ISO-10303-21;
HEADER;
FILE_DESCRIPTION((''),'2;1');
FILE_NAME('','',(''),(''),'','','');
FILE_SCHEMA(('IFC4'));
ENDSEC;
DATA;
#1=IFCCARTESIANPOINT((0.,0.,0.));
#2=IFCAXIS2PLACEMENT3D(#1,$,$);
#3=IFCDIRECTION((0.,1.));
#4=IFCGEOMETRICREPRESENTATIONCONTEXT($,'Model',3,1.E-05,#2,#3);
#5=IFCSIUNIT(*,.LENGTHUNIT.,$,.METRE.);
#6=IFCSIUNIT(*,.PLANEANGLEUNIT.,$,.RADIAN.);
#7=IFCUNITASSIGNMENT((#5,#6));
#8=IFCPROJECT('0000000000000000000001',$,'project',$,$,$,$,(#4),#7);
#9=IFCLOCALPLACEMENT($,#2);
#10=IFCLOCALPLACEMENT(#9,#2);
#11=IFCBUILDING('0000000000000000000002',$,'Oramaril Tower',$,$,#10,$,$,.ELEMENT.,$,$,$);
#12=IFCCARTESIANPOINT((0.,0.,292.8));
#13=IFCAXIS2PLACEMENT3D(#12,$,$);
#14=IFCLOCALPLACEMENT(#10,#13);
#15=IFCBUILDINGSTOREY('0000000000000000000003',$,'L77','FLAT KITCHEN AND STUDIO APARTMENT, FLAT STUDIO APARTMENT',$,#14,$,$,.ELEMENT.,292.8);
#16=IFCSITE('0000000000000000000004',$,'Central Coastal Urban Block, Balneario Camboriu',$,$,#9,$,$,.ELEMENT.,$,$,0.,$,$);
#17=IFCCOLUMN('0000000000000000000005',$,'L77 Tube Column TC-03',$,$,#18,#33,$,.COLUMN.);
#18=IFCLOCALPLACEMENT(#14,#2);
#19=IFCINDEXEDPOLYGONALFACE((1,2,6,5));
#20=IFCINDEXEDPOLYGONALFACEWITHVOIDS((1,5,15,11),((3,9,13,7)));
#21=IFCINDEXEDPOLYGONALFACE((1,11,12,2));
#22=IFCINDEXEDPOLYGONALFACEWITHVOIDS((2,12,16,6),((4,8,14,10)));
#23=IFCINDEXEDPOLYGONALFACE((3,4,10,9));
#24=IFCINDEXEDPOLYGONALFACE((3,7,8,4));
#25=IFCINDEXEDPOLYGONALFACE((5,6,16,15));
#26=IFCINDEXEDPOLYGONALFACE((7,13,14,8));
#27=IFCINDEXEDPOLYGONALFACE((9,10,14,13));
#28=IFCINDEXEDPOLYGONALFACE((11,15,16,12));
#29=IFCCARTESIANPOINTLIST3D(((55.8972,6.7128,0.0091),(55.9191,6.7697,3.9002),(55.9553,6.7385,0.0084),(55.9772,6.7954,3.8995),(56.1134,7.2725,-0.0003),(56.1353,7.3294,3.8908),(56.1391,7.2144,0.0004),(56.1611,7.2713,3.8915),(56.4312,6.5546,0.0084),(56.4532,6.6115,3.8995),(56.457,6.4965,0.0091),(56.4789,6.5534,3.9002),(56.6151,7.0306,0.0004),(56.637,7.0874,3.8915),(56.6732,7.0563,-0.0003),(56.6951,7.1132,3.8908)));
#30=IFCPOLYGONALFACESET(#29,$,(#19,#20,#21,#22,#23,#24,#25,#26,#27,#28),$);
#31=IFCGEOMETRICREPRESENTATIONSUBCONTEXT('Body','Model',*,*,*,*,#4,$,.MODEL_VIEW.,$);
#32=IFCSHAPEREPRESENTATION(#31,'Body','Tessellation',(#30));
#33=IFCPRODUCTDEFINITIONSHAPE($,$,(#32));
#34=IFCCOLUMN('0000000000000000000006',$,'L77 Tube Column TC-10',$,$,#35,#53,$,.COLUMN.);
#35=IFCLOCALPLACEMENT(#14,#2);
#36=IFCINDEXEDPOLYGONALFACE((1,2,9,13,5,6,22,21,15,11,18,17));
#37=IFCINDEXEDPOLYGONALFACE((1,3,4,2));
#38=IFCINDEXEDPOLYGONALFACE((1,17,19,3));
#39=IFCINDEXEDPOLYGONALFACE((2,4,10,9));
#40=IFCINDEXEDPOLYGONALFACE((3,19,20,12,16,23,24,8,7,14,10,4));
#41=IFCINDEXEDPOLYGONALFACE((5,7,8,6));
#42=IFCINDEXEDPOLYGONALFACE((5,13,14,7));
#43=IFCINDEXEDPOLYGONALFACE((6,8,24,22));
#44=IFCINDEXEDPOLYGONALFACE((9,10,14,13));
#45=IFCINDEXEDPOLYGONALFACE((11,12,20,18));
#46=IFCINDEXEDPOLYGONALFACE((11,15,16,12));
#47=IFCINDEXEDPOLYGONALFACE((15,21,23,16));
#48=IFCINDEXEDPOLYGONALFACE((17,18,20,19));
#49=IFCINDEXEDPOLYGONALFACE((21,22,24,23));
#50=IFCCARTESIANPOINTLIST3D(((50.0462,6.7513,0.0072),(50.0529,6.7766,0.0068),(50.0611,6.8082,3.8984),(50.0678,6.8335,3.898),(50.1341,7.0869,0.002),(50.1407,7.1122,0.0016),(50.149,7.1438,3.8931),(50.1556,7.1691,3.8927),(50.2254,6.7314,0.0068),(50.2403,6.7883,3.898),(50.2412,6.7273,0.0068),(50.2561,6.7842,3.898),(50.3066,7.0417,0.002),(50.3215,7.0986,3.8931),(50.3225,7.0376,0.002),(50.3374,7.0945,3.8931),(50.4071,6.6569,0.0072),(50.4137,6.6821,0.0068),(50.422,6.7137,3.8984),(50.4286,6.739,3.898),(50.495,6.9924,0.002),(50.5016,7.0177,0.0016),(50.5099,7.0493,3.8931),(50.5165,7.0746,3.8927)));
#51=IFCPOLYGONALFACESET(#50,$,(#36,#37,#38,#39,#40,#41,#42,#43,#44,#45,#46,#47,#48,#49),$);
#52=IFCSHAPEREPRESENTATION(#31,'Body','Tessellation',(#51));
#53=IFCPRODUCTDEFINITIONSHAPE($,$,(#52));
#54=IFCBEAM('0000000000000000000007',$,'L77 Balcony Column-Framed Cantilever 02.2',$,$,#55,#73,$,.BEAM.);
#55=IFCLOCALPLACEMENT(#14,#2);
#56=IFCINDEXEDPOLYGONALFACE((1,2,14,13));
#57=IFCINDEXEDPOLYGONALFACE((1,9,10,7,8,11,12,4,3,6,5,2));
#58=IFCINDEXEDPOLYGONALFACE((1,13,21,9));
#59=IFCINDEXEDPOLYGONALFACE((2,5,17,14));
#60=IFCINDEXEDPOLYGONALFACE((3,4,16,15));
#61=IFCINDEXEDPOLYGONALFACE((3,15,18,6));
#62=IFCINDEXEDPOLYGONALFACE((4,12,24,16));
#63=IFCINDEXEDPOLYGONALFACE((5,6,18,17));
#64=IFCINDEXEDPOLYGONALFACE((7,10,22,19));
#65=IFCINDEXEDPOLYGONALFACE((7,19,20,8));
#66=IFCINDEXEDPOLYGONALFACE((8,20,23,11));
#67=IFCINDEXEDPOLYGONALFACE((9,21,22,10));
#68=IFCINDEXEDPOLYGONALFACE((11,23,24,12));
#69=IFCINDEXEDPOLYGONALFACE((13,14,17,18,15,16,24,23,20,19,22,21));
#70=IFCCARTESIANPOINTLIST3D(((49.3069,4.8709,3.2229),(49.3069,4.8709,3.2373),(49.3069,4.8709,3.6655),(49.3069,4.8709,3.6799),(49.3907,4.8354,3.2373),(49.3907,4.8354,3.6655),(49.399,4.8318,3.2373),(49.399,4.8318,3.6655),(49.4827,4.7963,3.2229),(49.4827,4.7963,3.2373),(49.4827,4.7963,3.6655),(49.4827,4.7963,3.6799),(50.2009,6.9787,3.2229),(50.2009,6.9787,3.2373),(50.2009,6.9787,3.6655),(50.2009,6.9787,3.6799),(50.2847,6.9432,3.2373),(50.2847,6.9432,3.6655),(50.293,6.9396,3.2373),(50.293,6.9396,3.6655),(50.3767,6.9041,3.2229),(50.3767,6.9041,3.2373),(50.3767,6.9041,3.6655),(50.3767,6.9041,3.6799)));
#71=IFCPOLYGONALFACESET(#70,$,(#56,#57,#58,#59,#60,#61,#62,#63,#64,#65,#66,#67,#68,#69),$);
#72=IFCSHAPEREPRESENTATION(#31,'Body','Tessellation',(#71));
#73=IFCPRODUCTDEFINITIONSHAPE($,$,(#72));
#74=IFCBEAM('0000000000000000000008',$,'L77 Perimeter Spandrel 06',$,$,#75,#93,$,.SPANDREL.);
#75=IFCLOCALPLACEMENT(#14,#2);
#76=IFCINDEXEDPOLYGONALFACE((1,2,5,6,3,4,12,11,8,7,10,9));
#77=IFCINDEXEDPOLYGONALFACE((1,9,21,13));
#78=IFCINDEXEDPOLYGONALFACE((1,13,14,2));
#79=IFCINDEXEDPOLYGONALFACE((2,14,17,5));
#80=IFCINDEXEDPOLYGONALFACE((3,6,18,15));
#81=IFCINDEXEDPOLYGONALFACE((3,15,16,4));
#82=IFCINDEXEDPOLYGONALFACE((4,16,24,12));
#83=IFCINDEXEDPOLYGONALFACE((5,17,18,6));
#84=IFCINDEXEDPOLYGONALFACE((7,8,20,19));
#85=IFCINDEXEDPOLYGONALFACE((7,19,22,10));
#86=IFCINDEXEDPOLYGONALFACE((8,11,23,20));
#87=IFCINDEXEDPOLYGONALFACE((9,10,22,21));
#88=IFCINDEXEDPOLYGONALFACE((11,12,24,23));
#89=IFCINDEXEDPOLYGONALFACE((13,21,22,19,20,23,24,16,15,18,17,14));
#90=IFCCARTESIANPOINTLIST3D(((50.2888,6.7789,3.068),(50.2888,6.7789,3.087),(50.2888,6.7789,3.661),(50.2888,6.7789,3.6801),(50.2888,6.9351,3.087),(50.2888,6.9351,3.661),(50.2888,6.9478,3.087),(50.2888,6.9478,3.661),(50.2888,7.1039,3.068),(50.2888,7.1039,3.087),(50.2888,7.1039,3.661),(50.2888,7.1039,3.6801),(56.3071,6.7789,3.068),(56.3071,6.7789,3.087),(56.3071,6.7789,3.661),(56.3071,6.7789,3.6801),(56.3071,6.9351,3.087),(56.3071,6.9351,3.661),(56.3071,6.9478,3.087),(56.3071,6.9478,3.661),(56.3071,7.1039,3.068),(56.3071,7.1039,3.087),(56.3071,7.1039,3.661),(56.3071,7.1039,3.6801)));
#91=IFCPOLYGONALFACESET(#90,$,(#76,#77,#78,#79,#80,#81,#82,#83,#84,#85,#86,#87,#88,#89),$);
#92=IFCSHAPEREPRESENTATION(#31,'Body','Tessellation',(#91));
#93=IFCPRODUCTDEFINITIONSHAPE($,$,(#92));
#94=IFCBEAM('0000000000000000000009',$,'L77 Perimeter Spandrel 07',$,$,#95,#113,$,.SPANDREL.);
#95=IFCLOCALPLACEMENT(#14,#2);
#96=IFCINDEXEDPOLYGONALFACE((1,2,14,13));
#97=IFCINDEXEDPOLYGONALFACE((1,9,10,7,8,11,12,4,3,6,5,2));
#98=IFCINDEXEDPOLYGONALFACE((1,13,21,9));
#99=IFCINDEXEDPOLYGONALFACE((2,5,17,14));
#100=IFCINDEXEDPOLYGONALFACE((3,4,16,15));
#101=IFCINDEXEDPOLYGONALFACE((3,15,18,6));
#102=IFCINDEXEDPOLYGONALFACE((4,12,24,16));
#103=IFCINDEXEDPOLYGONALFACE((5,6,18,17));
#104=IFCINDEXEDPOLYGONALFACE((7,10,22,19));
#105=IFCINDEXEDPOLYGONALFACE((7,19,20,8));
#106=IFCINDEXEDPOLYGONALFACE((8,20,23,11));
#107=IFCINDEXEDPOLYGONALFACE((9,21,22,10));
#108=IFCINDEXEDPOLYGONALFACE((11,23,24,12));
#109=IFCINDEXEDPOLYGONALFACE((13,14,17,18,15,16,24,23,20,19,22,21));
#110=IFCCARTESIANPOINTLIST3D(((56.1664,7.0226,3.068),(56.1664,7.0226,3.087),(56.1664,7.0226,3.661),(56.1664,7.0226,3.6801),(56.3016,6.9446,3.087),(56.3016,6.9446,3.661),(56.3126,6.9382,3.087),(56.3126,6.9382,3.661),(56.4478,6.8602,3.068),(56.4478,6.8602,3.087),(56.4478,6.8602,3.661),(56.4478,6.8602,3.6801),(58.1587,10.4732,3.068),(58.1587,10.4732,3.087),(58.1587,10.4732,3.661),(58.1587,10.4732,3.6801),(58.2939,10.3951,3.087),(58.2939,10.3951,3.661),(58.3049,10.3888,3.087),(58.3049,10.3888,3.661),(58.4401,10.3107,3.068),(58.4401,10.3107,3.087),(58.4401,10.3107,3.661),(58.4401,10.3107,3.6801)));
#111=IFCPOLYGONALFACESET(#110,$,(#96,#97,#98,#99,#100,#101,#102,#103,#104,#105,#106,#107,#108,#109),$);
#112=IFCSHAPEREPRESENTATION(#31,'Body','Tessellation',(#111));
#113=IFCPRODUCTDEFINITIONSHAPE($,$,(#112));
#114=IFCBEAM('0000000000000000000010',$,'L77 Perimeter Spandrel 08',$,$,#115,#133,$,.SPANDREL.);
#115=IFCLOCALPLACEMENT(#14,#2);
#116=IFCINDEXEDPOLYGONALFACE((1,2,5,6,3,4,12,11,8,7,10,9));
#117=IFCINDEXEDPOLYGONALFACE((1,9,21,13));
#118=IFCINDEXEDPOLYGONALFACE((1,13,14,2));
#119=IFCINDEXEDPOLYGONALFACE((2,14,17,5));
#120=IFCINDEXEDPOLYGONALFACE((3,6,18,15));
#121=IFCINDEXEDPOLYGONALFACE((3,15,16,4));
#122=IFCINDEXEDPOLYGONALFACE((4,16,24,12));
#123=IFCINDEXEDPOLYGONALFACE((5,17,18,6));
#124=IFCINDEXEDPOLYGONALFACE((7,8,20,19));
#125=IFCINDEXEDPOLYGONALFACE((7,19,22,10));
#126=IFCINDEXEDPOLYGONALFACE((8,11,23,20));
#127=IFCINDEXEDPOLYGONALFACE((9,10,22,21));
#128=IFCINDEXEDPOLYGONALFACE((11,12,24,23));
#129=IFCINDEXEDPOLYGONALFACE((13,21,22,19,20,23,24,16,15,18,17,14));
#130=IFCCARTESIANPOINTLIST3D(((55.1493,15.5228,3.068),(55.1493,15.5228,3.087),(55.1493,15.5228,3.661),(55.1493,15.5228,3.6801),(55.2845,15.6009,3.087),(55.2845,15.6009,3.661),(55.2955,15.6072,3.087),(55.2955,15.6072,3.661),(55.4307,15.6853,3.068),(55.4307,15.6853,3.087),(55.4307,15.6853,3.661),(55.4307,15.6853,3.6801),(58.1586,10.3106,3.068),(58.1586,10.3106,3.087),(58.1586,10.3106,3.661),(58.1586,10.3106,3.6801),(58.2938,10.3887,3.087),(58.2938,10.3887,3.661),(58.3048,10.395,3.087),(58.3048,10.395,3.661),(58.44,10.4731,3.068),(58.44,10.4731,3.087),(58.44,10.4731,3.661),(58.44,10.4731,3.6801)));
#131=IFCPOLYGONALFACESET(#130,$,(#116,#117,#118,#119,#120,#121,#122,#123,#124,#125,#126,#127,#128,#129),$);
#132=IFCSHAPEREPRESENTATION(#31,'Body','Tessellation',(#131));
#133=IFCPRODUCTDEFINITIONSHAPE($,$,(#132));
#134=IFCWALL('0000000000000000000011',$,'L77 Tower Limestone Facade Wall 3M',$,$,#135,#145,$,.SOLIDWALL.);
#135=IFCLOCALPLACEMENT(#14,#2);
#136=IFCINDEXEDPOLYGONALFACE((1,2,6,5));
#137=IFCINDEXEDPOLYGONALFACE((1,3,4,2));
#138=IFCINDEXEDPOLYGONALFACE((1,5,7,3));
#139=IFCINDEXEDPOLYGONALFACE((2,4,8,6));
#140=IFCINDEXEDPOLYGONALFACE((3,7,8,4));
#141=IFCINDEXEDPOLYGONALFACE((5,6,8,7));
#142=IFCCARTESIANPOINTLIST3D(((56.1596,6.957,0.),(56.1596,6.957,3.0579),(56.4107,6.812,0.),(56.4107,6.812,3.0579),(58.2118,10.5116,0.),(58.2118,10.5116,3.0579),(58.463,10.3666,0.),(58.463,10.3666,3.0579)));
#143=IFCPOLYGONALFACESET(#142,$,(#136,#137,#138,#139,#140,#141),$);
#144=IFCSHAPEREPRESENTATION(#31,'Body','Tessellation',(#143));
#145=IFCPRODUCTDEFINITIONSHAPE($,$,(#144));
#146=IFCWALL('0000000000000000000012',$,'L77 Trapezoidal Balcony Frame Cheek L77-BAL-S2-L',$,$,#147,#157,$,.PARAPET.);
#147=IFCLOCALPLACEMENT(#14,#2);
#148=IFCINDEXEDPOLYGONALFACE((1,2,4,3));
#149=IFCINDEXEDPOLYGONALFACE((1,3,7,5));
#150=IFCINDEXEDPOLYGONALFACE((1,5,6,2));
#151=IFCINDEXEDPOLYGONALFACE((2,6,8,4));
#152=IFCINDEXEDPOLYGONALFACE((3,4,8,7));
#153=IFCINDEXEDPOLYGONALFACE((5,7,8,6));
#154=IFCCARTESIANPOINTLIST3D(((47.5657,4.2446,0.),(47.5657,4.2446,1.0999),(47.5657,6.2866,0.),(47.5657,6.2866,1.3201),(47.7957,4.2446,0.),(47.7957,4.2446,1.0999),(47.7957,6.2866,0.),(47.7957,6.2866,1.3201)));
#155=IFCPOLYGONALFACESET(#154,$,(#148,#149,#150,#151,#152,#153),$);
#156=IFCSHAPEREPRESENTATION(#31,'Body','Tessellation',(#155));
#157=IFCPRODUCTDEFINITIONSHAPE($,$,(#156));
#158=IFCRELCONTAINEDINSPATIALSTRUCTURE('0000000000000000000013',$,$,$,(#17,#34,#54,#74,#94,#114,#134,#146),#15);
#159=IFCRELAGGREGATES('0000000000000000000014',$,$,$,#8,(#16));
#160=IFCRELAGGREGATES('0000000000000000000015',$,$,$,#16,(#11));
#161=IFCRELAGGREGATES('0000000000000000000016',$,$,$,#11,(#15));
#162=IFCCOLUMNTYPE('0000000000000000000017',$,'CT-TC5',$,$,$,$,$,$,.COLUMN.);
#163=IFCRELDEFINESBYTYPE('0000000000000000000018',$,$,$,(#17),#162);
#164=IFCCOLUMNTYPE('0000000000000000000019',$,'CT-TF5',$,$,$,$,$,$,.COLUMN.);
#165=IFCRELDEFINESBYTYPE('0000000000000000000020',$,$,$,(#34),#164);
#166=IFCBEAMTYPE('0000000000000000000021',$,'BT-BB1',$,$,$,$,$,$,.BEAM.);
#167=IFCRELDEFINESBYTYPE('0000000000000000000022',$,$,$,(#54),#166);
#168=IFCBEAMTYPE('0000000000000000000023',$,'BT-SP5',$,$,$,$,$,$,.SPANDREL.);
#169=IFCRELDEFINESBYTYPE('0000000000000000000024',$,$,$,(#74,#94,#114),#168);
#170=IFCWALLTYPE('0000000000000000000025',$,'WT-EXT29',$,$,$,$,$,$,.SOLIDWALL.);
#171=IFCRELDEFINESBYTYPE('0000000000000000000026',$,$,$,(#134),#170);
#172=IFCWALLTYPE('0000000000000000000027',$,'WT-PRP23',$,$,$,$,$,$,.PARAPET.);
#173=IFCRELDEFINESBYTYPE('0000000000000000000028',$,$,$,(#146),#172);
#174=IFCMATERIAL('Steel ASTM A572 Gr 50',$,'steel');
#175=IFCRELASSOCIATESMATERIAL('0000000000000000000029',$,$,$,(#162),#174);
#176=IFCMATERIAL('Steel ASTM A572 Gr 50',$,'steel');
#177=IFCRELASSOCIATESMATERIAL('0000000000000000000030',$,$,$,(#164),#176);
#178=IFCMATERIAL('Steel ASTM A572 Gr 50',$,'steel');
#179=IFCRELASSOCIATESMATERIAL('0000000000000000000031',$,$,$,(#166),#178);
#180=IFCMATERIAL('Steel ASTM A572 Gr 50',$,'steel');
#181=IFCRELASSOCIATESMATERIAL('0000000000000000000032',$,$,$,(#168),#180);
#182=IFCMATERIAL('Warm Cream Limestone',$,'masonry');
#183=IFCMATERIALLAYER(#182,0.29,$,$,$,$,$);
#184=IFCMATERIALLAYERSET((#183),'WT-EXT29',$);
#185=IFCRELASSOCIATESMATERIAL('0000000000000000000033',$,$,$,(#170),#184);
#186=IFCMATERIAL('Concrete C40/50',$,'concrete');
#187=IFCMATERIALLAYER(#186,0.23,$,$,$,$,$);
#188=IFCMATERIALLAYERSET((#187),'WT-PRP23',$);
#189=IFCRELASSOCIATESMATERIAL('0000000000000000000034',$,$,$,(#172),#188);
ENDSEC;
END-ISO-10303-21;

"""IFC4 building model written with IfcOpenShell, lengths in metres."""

from ifc_helpers import new_model, si_unit, direction, frame, frame_2d, origin, origin_2d, place, context, subcontext, project, spatial, polyline, rectangle, hollow_rectangle, i_section, outline, extrude, material, layer, layer_set, material_profile, profile_set, type_object, element, save


model = new_model("IFC4")

# Units and contexts
model_context = context("Model", 3, precision=1e-05, world=origin(), true_north=direction((0.0, 1.0)))
body_context = subcontext(model_context, "Body", "Model", "MODEL_VIEW")
ifc_project = project(units=[si_unit("LENGTHUNIT", "METRE"), si_unit("PLANEANGLEUNIT", "RADIAN")], contexts=[model_context])

# Site, building, storey
site_placement = place(None, origin())
site = spatial("IfcSite", under=ifc_project, at=site_placement, Name="Central Coastal Urban Block, Balneario Camboriu", CompositionType="ELEMENT", RefElevation=0.0)
building_placement = place(site_placement, origin())
building = spatial("IfcBuilding", under=site, at=building_placement, Name="Oramaril Tower", CompositionType="ELEMENT")
storey_placement = place(building_placement, frame((0.0, 0.0, 292.8)))
storey = spatial("IfcBuildingStorey", under=building, at=storey_placement, Name="L77", Description="FLAT KITCHEN AND STUDIO APARTMENT, FLAT STUDIO APARTMENT", CompositionType="ELEMENT", Elevation=292.8)

# Columns
ifc_material_1 = material(Name="Steel ASTM A572 Gr 50", Category="steel")
ifc_material_profile_1 = material_profile(ifc_material_1, hollow_rectangle(XDim=0.6001, YDim=0.6001, WallThickness=0.0449, at=origin_2d()), Name="BOX600X600X45")
ifc_profile_set_1 = profile_set([ifc_material_profile_1], Name="Steel ASTM A572 Gr 50")
column_type_1 = type_object("IfcColumnType", Name="CT-TC5", PredefinedType="COLUMN", material=ifc_profile_set_1)
column_1_placement = place(storey_placement, frame((56.2852, 6.8845, 0.0044), z_axis=(0.005646, 0.014617, 0.999877), x_axis=(-0.932829, 0.36032, 0.0)))
element("IfcColumn", 1, at=column_1_placement, inside=storey, type_object=column_type_1, Name="L77 Tube Column TC-03", PredefinedType="COLUMN", context=body_context, shape_type="SweptSolid", body=[
    extrude(hollow_rectangle(XDim=0.6001, YDim=0.6001, WallThickness=0.0449, at=origin_2d()), origin(), (0.0, 0.0, 1.0), 3.8916),
])
ifc_material_2 = material(Name="Steel ASTM A572 Gr 50", Category="steel")
ifc_material_profile_2 = material_profile(ifc_material_2, i_section(OverallWidth=0.373, OverallDepth=0.373, WebThickness=0.0164, FlangeThickness=0.0261, at=origin_2d()), Name="W14X132")
ifc_profile_set_2 = profile_set([ifc_material_profile_2], Name="Steel ASTM A572 Gr 50")
column_type_2 = type_object("IfcColumnType", Name="CT-TF5", PredefinedType="COLUMN", material=ifc_profile_set_2)
column_2_placement = place(storey_placement, frame((50.2739, 6.8845, 0.0044), z_axis=(0.003827, 0.014617, 0.999886), x_axis=(-0.967396, 0.253267, 0.0)))
element("IfcColumn", 2, at=column_2_placement, inside=storey, type_object=column_type_2, Name="L77 Tube Column TC-10", PredefinedType="COLUMN", context=body_context, shape_type="SweptSolid", body=[
    extrude(i_section(OverallWidth=0.373, OverallDepth=0.373, WebThickness=0.0164, FlangeThickness=0.0261, at=origin_2d()), origin(), (0.0, 0.0, 1.0), 3.8916),
])

# Beams
ifc_material_3 = material(Name="Steel ASTM A572 Gr 50", Category="steel")
ifc_material_profile_3 = material_profile(ifc_material_3, i_section(OverallWidth=0.1909, OverallDepth=0.457, WebThickness=0.009, FlangeThickness=0.0144, at=origin_2d()), Name="W18X50")
ifc_profile_set_3 = profile_set([ifc_material_profile_3], Name="Steel ASTM A572 Gr 50")
beam_type_1 = type_object("IfcBeamType", Name="BT-BB1", PredefinedType="BEAM", material=ifc_profile_set_3)
beam_1_placement = place(storey_placement, frame((50.2888, 6.9414, 3.4514), z_axis=(-0.390468, -0.920617, 0.0), x_axis=(0.920617, -0.390468, 0.0)))
element("IfcBeam", 3, at=beam_1_placement, inside=storey, type_object=beam_type_1, Name="L77 Balcony Column-Framed Cantilever 02.2", PredefinedType="BEAM", context=body_context, shape_type="SweptSolid", body=[
    extrude(i_section(OverallWidth=0.1909, OverallDepth=0.457, WebThickness=0.009, FlangeThickness=0.0144, at=origin_2d()), origin(), (0.0, 0.0, 1.0), 2.2896),
])
ifc_material_4 = material(Name="Steel ASTM A572 Gr 50", Category="steel")
ifc_material_profile_4 = material_profile(ifc_material_4, i_section(OverallWidth=0.325, OverallDepth=0.6121, WebThickness=0.0127, FlangeThickness=0.019, at=origin_2d()), Name="W24X104")
ifc_profile_set_4 = profile_set([ifc_material_profile_4], Name="Steel ASTM A572 Gr 50")
beam_type_2 = type_object("IfcBeamType", Name="BT-SP5", PredefinedType="SPANDREL", material=ifc_profile_set_4)
beam_2_placement = place(storey_placement, frame((50.2888, 6.9414, 3.374), z_axis=(1.0, 0.0, 0.0), x_axis=(0.0, 1.0, 0.0)))
element("IfcBeam", 4, at=beam_2_placement, inside=storey, type_object=beam_type_2, Name="L77 Perimeter Spandrel 06", PredefinedType="SPANDREL", context=body_context, shape_type="SweptSolid", body=[
    extrude(i_section(OverallWidth=0.325, OverallDepth=0.6121, WebThickness=0.0127, FlangeThickness=0.019, at=origin_2d()), origin(), (0.0, 0.0, 1.0), 6.0183),
])
beam_3_placement = place(storey_placement, frame((56.3071, 6.9414, 3.374), z_axis=(0.500014, 0.866017, 0.0), x_axis=(-0.866017, 0.500014, 0.0)))
element("IfcBeam", 5, at=beam_3_placement, inside=storey, type_object=beam_type_2, Name="L77 Perimeter Spandrel 07", PredefinedType="SPANDREL", context=body_context, shape_type="SweptSolid", body=[
    extrude(i_section(OverallWidth=0.325, OverallDepth=0.6121, WebThickness=0.0127, FlangeThickness=0.019, at=origin_2d()), origin(), (0.0, 0.0, 1.0), 3.9844),
])
beam_4_placement = place(storey_placement, frame((58.2993, 10.3918, 3.374), z_axis=(-0.500005, 0.866023, 0.0), x_axis=(-0.866023, -0.500005, 0.0)))
element("IfcBeam", 6, at=beam_4_placement, inside=storey, type_object=beam_type_2, Name="L77 Perimeter Spandrel 08", PredefinedType="SPANDREL", context=body_context, shape_type="SweptSolid", body=[
    extrude(i_section(OverallWidth=0.325, OverallDepth=0.6121, WebThickness=0.0127, FlangeThickness=0.019, at=origin_2d()), origin(), (0.0, 0.0, 1.0), 6.0186),
])

# Walls
ifc_material_5 = material(Name="Warm Cream Limestone", Category="masonry")
ifc_layer_1 = layer(ifc_material_5, 0.29)
ifc_layer_set_1 = layer_set([ifc_layer_1], Name="WT-EXT29")
wall_type_1 = type_object("IfcWallType", Name="WT-EXT29", PredefinedType="SOLIDWALL", material=ifc_layer_set_1)
wall_1_placement = place(storey_placement, frame((56.2852, 6.8845, 0.0), z_axis=(0.0, 0.0, 1.0), x_axis=(0.49999, 0.866031, 0.0)))
element("IfcWall", 7, at=wall_1_placement, inside=storey, type_object=wall_type_1, Name="L77 Tower Limestone Facade Wall 3M", PredefinedType="SOLIDWALL", context=body_context, shape_type="SweptSolid", body=[
    extrude(rectangle(XDim=4.1045, YDim=0.29, at=frame_2d((2.0522, 0.0))), origin(), (0.0, 0.0, 1.0), 3.0579),
])
ifc_material_6 = material(Name="Concrete C40/50", Category="concrete")
ifc_layer_2 = layer(ifc_material_6, 0.23)
ifc_layer_set_2 = layer_set([ifc_layer_2], Name="WT-PRP23")
wall_type_2 = type_object("IfcWallType", Name="WT-PRP23", PredefinedType="PARAPET", material=ifc_layer_set_2)
wall_2_placement = place(storey_placement, frame((47.6807, 6.2866, 0.0), z_axis=(0.0, 0.0, 1.0), x_axis=(0.0, -1.0, 0.0)))
element("IfcWall", 8, at=wall_2_placement, inside=storey, type_object=wall_type_2, Name="L77 Trapezoidal Balcony Frame Cheek L77-BAL-S2-L", PredefinedType="PARAPET", context=body_context, shape_type="SweptSolid", body=[
    extrude(outline(polyline([(0.0, 0.0), (2.042, 0.0), (2.042, 1.0999), (0.0, 1.3201), (0.0, 0.0)])), frame((0.0, 0.115, 0.0), z_axis=(0.0, -1.0, 0.0), x_axis=(1.0, 0.0, 0.0)), (0.0, 0.0, 1.0), 0.23),
])

save(model, "model.ifc")
